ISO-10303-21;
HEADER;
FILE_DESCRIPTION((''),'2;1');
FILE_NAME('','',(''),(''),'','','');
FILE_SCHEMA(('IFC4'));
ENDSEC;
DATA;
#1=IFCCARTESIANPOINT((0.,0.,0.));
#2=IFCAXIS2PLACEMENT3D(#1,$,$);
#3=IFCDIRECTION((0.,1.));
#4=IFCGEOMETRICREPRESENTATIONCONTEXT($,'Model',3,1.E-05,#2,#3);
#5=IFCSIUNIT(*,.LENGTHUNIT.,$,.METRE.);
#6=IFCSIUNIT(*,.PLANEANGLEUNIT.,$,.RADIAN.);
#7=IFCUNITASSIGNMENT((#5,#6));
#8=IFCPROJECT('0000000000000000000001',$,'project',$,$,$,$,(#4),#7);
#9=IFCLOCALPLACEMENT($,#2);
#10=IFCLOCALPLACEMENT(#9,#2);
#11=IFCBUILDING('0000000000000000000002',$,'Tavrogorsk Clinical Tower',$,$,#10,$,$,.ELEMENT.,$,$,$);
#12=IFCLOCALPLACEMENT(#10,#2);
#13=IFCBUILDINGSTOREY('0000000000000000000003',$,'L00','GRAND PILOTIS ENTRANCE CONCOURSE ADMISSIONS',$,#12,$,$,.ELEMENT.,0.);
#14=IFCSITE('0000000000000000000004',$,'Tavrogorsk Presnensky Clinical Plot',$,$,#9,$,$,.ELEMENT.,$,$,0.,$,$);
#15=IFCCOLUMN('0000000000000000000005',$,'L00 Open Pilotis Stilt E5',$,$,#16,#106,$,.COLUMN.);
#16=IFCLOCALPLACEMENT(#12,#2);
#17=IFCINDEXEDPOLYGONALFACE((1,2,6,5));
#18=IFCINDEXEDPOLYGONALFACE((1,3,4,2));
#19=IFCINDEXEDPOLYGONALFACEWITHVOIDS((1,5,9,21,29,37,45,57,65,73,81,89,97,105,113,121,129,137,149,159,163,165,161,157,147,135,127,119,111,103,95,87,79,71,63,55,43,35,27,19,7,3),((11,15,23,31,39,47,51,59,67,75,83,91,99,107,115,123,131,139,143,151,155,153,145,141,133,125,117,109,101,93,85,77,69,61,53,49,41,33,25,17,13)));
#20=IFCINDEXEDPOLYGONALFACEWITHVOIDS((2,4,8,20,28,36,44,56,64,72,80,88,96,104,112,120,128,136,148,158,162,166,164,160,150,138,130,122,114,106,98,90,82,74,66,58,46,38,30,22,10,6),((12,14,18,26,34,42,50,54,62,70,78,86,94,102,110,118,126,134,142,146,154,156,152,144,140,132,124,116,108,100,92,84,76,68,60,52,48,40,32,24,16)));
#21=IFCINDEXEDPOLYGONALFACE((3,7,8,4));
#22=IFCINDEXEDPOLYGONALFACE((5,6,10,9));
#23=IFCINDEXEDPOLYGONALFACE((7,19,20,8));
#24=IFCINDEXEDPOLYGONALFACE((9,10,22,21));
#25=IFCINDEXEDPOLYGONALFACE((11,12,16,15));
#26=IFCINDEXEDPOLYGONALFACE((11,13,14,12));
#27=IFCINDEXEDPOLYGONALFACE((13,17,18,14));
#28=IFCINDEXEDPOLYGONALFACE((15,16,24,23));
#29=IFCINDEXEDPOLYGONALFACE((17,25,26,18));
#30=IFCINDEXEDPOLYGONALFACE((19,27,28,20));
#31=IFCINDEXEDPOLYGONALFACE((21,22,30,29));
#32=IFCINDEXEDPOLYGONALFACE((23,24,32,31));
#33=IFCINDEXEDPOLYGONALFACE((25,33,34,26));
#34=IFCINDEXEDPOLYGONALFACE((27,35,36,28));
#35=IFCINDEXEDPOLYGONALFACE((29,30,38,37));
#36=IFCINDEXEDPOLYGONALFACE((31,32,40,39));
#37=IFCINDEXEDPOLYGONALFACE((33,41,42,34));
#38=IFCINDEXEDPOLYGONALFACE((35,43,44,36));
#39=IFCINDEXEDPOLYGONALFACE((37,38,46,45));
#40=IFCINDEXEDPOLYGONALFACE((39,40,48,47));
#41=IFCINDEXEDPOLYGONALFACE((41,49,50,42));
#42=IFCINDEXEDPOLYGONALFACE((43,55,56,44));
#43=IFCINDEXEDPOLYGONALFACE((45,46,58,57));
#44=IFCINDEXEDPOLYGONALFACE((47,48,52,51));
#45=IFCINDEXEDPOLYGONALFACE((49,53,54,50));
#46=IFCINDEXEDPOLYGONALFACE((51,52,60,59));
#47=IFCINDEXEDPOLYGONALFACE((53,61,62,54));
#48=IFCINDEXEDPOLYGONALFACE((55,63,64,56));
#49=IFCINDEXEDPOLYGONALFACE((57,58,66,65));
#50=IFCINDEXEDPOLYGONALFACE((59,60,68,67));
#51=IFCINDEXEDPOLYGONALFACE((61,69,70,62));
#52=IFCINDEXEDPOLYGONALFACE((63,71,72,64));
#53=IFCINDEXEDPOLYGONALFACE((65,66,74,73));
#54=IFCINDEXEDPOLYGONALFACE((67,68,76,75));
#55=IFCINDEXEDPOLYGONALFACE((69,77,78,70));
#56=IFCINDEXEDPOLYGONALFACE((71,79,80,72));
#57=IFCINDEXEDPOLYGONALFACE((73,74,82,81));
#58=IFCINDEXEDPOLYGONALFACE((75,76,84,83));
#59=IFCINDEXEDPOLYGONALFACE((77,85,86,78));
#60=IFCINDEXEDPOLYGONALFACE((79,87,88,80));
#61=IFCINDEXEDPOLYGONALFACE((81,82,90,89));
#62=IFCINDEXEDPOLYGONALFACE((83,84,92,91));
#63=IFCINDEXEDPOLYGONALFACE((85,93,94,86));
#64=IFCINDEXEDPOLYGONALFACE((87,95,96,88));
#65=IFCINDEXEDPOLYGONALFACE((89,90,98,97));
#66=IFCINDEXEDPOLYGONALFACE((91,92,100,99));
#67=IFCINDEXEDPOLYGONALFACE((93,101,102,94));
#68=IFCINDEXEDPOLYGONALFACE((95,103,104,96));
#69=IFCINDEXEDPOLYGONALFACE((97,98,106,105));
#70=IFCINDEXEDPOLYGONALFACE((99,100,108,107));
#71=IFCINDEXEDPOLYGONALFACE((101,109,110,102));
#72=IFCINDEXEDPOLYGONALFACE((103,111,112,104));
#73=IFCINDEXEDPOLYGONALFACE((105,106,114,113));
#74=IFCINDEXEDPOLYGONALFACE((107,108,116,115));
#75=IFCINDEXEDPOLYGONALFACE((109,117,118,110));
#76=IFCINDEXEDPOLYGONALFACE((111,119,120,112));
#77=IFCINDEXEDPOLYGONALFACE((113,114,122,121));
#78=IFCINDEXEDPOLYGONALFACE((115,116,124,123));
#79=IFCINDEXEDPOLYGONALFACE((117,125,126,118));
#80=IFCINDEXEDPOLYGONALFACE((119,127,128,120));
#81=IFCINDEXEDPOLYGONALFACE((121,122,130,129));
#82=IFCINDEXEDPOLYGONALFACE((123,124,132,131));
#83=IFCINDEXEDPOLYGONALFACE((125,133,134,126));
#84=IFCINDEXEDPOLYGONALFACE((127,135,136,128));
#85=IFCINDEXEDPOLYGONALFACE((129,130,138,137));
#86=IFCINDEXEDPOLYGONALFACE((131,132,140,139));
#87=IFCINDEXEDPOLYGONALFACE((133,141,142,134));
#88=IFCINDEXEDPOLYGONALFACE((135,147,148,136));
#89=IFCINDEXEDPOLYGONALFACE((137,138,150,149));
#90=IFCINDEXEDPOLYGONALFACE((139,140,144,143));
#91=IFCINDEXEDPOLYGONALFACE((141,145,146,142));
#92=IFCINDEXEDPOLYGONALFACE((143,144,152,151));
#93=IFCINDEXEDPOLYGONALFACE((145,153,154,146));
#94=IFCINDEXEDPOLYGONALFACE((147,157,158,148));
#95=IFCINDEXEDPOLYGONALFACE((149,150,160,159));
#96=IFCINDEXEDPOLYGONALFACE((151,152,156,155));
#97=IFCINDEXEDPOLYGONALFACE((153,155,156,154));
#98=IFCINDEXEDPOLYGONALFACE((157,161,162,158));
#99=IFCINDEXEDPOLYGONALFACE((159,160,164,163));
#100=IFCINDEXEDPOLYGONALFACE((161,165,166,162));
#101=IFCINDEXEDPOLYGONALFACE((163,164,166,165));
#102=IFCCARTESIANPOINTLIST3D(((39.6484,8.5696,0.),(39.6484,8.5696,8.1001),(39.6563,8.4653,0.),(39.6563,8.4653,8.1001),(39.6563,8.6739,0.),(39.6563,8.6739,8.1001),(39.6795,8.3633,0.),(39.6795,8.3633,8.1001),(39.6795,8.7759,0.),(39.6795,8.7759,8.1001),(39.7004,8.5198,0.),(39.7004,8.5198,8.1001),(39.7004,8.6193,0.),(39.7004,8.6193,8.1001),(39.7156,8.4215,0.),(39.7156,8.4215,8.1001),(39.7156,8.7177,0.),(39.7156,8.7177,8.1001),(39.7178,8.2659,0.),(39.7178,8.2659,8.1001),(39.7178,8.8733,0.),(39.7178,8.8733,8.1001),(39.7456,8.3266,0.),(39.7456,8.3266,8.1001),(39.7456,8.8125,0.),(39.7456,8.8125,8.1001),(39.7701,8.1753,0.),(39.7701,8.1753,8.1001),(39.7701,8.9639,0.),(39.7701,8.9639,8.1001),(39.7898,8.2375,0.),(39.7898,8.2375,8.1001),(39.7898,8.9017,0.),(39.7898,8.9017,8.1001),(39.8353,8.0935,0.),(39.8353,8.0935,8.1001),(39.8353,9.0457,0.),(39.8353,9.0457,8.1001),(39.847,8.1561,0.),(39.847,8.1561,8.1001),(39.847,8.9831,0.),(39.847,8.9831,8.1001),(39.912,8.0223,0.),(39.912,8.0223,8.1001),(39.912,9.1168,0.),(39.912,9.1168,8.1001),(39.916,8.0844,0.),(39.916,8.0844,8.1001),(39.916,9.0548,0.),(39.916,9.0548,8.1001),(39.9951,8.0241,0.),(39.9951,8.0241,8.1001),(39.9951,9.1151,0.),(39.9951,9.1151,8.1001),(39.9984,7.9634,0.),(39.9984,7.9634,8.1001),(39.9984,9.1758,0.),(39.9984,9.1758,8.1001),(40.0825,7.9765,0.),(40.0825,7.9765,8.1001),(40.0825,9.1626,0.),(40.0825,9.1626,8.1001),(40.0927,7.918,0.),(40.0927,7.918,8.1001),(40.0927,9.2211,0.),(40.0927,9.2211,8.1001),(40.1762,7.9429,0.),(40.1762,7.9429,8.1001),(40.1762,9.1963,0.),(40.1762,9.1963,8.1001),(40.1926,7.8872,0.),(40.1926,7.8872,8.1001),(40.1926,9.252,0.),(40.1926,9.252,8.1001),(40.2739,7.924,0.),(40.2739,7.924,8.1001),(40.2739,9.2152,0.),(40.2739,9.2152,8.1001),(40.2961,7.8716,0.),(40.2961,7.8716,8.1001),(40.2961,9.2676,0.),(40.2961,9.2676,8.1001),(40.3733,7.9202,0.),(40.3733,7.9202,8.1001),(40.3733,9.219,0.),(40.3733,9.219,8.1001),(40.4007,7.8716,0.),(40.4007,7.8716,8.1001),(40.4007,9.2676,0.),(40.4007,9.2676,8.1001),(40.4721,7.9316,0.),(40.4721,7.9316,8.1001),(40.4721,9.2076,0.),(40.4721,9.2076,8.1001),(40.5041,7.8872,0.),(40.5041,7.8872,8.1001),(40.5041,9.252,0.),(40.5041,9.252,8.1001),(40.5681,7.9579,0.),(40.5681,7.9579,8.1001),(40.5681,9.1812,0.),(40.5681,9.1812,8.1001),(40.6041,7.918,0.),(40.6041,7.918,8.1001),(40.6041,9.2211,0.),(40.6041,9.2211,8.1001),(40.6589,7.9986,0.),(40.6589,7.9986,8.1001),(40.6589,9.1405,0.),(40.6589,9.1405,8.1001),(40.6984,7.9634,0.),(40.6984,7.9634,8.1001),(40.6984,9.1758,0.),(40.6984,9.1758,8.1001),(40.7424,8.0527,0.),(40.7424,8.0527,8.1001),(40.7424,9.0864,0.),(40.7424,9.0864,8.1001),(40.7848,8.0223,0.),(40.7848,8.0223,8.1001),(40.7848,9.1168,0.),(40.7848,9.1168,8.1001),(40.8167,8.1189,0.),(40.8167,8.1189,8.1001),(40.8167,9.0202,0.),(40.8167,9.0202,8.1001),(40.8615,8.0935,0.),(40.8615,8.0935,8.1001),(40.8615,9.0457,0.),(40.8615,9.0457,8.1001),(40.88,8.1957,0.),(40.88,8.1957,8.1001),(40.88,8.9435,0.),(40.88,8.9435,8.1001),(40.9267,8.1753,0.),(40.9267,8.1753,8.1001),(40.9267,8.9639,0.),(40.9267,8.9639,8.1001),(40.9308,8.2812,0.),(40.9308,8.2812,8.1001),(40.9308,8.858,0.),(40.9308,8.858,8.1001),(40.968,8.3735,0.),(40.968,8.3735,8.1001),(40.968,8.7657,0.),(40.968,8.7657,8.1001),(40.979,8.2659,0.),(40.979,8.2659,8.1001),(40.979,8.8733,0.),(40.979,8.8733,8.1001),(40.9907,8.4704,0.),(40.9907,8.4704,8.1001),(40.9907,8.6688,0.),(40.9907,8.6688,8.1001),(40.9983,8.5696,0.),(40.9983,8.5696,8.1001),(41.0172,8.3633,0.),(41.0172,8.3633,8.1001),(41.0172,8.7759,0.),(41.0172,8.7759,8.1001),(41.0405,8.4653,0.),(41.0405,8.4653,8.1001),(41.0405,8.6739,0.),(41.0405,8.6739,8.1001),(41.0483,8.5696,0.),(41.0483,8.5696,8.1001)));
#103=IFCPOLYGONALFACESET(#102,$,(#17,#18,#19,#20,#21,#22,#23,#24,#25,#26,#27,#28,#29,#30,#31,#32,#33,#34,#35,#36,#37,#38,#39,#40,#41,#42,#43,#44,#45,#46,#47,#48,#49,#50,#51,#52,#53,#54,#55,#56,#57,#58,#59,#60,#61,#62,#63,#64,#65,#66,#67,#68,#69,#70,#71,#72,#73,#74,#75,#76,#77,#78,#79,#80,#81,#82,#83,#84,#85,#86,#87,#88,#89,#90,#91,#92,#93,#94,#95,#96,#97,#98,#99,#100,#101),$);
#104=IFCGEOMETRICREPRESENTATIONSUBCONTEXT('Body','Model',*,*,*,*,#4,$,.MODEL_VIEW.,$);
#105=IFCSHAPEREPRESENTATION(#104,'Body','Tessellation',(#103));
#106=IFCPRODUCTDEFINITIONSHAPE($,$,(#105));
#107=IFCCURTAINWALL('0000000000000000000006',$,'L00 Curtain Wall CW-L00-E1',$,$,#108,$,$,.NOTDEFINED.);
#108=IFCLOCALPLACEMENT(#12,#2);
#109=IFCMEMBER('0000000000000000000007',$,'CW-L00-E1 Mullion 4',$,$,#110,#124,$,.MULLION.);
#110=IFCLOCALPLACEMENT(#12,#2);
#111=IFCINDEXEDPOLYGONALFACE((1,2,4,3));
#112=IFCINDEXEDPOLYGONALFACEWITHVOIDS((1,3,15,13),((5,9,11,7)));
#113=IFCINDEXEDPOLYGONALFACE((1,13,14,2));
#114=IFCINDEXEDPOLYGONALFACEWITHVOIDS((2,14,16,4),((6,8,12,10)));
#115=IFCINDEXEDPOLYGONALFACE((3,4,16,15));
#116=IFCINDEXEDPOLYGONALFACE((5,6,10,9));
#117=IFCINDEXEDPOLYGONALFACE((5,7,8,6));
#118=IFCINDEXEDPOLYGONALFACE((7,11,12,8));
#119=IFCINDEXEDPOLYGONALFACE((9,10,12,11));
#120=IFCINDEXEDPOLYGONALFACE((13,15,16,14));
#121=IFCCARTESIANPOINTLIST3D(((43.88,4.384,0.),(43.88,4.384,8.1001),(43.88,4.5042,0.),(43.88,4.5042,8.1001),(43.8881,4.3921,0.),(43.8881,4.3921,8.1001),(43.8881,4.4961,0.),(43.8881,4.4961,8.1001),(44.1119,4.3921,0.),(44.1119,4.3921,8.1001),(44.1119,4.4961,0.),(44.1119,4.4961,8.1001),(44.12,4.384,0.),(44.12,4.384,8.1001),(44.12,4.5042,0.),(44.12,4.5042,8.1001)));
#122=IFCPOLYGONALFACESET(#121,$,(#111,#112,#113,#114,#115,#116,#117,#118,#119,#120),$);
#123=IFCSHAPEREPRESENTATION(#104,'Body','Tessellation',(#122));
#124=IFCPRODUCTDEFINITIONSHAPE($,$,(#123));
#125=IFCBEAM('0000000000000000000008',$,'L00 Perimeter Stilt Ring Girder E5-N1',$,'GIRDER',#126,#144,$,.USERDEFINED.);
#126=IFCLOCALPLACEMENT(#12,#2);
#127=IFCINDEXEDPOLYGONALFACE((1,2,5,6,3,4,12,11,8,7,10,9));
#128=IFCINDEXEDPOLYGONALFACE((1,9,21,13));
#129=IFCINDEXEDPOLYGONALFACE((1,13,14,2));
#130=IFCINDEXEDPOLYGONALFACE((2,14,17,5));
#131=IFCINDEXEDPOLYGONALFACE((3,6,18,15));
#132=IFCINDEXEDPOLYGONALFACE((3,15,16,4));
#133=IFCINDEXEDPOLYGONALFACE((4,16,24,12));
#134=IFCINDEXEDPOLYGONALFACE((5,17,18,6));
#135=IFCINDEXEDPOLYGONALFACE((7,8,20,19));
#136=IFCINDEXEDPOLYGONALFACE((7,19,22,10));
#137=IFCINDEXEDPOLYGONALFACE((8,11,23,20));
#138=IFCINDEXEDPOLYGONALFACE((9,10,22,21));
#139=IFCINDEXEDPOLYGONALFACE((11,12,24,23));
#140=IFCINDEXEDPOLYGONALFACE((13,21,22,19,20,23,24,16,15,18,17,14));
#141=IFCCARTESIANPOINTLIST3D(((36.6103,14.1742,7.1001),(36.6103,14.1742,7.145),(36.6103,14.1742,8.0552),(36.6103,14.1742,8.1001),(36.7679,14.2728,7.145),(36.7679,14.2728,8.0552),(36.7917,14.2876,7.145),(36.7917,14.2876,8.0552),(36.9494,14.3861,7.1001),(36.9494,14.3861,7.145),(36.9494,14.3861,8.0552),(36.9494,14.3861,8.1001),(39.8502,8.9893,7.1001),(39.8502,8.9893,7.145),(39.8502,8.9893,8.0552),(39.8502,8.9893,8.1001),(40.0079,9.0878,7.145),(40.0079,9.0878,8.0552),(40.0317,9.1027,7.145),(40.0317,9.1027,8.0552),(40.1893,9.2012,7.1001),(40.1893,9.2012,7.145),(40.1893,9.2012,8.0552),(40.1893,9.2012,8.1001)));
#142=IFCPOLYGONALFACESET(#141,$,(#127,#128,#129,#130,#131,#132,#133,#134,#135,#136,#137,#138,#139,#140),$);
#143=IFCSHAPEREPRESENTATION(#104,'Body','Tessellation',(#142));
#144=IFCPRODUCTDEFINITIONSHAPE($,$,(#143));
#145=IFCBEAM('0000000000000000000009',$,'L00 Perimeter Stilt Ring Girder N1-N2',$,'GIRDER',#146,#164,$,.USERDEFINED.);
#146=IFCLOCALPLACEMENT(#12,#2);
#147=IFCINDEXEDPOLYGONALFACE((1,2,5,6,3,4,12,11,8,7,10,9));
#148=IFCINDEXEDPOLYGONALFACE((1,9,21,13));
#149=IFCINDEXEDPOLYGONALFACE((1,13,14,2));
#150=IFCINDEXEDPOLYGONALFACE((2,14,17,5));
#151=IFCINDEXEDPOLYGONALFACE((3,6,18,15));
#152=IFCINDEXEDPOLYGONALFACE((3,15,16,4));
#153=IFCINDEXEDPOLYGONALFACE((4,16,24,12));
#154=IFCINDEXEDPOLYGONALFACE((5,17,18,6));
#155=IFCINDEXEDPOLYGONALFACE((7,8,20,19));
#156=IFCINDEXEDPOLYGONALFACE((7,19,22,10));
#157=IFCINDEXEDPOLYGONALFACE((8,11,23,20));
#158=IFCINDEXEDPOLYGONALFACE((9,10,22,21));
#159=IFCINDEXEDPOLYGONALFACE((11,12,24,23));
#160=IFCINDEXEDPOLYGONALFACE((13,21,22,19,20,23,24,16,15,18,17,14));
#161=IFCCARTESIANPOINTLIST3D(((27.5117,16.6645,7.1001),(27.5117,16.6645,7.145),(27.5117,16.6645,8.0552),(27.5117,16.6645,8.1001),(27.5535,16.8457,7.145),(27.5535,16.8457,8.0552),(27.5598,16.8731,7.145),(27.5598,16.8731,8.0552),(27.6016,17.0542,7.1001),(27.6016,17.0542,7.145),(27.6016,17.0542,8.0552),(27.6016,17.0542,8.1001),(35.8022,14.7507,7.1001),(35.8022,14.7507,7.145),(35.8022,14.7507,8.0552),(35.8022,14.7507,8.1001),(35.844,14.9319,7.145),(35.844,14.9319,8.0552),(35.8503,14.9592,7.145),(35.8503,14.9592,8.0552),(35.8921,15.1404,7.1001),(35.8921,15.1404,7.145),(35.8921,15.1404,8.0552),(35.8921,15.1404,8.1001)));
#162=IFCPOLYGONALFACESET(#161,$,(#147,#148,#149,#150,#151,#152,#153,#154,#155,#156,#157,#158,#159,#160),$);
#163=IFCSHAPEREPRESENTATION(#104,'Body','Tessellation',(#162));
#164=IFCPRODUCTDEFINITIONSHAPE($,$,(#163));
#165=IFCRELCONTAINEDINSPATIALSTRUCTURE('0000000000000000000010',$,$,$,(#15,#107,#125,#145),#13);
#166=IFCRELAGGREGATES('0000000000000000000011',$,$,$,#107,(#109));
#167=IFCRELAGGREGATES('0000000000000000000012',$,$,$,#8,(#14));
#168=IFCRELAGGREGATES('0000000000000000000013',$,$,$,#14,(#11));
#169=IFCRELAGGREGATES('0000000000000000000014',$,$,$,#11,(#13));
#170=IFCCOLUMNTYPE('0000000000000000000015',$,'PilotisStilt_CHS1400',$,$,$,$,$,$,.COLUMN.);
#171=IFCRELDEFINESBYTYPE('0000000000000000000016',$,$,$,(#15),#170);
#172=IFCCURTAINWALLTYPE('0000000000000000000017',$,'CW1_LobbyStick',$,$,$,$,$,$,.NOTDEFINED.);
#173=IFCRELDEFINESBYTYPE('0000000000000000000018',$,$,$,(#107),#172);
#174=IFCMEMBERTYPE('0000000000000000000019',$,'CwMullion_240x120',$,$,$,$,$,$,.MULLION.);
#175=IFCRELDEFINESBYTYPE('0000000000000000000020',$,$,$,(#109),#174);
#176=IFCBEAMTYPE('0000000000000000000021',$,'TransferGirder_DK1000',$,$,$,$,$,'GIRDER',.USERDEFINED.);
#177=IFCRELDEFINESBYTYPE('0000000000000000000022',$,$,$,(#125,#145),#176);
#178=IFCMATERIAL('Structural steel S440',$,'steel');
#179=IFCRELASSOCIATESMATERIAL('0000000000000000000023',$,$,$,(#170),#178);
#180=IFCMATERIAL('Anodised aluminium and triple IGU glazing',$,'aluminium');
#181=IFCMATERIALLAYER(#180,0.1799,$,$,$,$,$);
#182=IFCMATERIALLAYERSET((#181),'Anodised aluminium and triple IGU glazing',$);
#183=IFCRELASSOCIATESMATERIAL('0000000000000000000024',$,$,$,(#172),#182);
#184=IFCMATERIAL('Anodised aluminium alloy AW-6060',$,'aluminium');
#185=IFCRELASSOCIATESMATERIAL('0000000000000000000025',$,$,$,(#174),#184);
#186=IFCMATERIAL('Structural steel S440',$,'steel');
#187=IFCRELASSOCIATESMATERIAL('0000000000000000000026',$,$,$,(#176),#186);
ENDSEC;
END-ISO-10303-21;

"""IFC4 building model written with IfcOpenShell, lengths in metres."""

from ifc_helpers import new_model, si_unit, direction, frame, origin, origin_2d, place, context, subcontext, project, spatial, hollow_rectangle, hollow_circle, i_section, extrude, material, layer, layer_set, material_profile, profile_set, type_object, element, aggregate, save


model = new_model("IFC4")

# Units and contexts
model_context = context("Model", 3, precision=1e-05, world=origin(), true_north=direction((0.0, 1.0)))
body_context = subcontext(model_context, "Body", "Model", "MODEL_VIEW")
ifc_project = project(units=[si_unit("LENGTHUNIT", "METRE"), si_unit("PLANEANGLEUNIT", "RADIAN")], contexts=[model_context])

# Site, building, storey
site_placement = place(None, origin())
site = spatial("IfcSite", under=ifc_project, at=site_placement, Name="Tavrogorsk Presnensky Clinical Plot", CompositionType="ELEMENT", RefElevation=0.0)
building_placement = place(site_placement, origin())
building = spatial("IfcBuilding", under=site, at=building_placement, Name="Tavrogorsk Clinical Tower", CompositionType="ELEMENT")
storey_placement = place(building_placement, origin())
storey = spatial("IfcBuildingStorey", under=building, at=storey_placement, Name="L00", Description="GRAND PILOTIS ENTRANCE CONCOURSE ADMISSIONS", CompositionType="ELEMENT", Elevation=0.0)

# Column
ifc_material_1 = material(Name="Structural steel S440", Category="steel")
ifc_material_profile_1 = material_profile(ifc_material_1, hollow_circle(Radius=0.7, WallThickness=0.05, at=origin_2d()), Name="CHS-1400x50")
ifc_profile_set_1 = profile_set([ifc_material_profile_1], Name="Structural steel S440")
column_type = type_object("IfcColumnType", Name="PilotisStilt_CHS1400", PredefinedType="COLUMN", material=ifc_profile_set_1)
for number, where, z_axis, x_axis, name in (
    (1, (40.3484, 8.5696, 0.0), (0.0, 0.0, 1.0), (1.0, 0.0, 0.0), "L00 Open Pilotis Stilt E5"),
):
    element("IfcColumn", number, at=place(storey_placement, frame(where, z_axis=z_axis, x_axis=x_axis)), inside=storey, type_object=column_type, Name=name, PredefinedType="COLUMN", context=body_context, shape_type="SweptSolid", body=[
        extrude(hollow_circle(Radius=0.7, WallThickness=0.05, at=origin_2d()), origin(), (0.0, 0.0, 1.0), 8.1001),
    ])

# Curtain wall, member
ifc_material_2 = material(Name="Anodised aluminium and triple IGU glazing", Category="aluminium")
ifc_layer_1 = layer(ifc_material_2, 0.1799)
ifc_layer_set_1 = layer_set([ifc_layer_1], Name="Anodised aluminium and triple IGU glazing")
curtain_wall_type = type_object("IfcCurtainWallType", Name="CW1_LobbyStick", PredefinedType="NOTDEFINED", material=ifc_layer_set_1)
curtain_wall_placement = place(storey_placement, origin())
curtain_wall = element("IfcCurtainWall", 2, at=curtain_wall_placement, inside=storey, type_object=curtain_wall_type, Name="L00 Curtain Wall CW-L00-E1", PredefinedType="NOTDEFINED")
ifc_material_3 = material(Name="Anodised aluminium alloy AW-6060", Category="aluminium")
ifc_material_profile_2 = material_profile(ifc_material_3, hollow_rectangle(XDim=0.1201, YDim=0.24, WallThickness=0.0081, at=origin_2d()), Name="RHS-240x120x8")
ifc_profile_set_2 = profile_set([ifc_material_profile_2], Name="Anodised aluminium alloy AW-6060")
member_type = type_object("IfcMemberType", Name="CwMullion_240x120", PredefinedType="MULLION", material=ifc_profile_set_2)
member_placement = place(storey_placement, frame((44.0, 4.4441, 0.0), z_axis=(0.0, 0.0, 1.0), x_axis=(0.0, 1.0, 0.0)))
member = element("IfcMember", 3, at=member_placement, type_object=member_type, Name="CW-L00-E1 Mullion 4", PredefinedType="MULLION", context=body_context, shape_type="SweptSolid", body=[
    extrude(hollow_rectangle(XDim=0.1201, YDim=0.24, WallThickness=0.0081, at=origin_2d()), origin(), (0.0, 0.0, 1.0), 8.1001),
])
aggregate(curtain_wall, [member])

# Beams
ifc_material_4 = material(Name="Structural steel S440", Category="steel")
ifc_material_profile_3 = material_profile(ifc_material_4, i_section(OverallWidth=0.3999, OverallDepth=1.0, WebThickness=0.0281, FlangeThickness=0.0449, at=origin_2d()), Name="DK-1000x400x28x45")
ifc_profile_set_3 = profile_set([ifc_material_profile_3], Name="Structural steel S440")
beam_type = type_object("IfcBeamType", Name="TransferGirder_DK1000", ElementType="GIRDER", PredefinedType="USERDEFINED", material=ifc_profile_set_3)
beam_1_placement = place(storey_placement, frame((40.0198, 9.0952, 7.6001), z_axis=(-0.52992, 0.848048, 0.0), x_axis=(-0.848048, -0.52992, 0.0)))
element("IfcBeam", 4, at=beam_1_placement, inside=storey, type_object=beam_type, Name="L00 Perimeter Stilt Ring Girder E5-N1", ObjectType="GIRDER", PredefinedType="USERDEFINED", context=body_context, shape_type="SweptSolid", body=[
    extrude(i_section(OverallWidth=0.3999, OverallDepth=1.0, WebThickness=0.0281, FlangeThickness=0.0449, at=origin_2d()), origin(), (0.0, 0.0, 1.0), 6.114),
])
beam_2_placement = place(storey_placement, frame((35.8472, 14.9456, 7.6001), z_axis=(-0.974375, 0.224929, 0.0), x_axis=(-0.224929, -0.974375, 0.0)))
element("IfcBeam", 5, at=beam_2_placement, inside=storey, type_object=beam_type, Name="L00 Perimeter Stilt Ring Girder N1-N2", ObjectType="GIRDER", PredefinedType="USERDEFINED", context=body_context, shape_type="SweptSolid", body=[
    extrude(i_section(OverallWidth=0.3999, OverallDepth=1.0, WebThickness=0.0281, FlangeThickness=0.0449, at=origin_2d()), origin(), (0.0, 0.0, 1.0), 8.5085),
])

save(model, "model.ifc")
